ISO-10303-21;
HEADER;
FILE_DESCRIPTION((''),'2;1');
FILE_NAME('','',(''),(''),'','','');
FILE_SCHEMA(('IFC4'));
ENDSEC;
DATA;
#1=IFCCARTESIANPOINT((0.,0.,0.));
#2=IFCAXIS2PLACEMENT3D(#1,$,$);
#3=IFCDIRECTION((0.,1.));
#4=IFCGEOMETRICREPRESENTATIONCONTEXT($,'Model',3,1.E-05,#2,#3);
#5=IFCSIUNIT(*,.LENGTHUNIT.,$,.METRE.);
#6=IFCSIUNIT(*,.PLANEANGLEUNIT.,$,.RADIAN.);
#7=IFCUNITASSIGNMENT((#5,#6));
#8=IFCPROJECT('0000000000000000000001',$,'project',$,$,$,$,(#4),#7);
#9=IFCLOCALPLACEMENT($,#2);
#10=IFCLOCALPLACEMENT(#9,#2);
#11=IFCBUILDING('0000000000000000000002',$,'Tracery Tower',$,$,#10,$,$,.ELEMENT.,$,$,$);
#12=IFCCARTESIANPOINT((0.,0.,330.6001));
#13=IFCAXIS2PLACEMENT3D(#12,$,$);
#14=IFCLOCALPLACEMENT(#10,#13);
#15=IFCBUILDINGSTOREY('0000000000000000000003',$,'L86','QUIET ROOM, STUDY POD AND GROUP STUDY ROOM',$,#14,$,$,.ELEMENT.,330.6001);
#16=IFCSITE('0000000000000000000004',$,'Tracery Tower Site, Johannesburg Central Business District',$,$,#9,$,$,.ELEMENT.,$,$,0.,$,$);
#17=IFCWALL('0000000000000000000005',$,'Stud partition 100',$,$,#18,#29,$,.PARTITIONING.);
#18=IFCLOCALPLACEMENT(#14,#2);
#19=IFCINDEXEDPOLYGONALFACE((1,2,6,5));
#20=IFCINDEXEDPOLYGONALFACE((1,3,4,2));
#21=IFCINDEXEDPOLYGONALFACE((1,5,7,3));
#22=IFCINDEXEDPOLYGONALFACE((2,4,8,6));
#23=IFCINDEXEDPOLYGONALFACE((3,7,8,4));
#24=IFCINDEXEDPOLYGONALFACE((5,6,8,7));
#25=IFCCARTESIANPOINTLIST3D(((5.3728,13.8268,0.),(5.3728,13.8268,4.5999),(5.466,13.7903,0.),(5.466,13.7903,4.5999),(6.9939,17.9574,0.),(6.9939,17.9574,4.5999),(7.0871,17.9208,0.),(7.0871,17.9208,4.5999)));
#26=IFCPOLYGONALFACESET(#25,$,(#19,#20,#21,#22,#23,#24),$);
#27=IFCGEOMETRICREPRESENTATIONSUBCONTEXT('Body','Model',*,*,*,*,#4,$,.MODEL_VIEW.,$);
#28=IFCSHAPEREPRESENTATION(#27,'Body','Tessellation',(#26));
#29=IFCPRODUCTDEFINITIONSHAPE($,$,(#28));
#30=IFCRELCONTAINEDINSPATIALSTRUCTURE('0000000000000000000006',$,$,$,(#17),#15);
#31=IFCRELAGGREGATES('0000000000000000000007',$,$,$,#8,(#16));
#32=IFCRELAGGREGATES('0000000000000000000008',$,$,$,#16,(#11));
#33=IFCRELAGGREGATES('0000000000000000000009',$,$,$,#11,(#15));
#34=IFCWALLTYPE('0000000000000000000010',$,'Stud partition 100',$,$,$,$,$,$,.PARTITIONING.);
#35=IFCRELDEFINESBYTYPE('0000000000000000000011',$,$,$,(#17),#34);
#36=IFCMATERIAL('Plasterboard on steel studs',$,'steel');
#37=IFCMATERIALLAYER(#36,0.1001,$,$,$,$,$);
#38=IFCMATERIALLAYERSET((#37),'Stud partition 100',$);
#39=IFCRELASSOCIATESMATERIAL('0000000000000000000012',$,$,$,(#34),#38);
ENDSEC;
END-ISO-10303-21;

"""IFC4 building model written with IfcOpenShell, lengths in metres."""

from ifc_helpers import new_model, si_unit, direction, frame, frame_2d, origin, place, context, subcontext, project, spatial, rectangle, extrude, material, layer, layer_set, type_object, element, save


model = new_model("IFC4")

# Units and contexts
model_context = context("Model", 3, precision=1e-05, world=origin(), true_north=direction((0.0, 1.0)))
body_context = subcontext(model_context, "Body", "Model", "MODEL_VIEW")
ifc_project = project(units=[si_unit("LENGTHUNIT", "METRE"), si_unit("PLANEANGLEUNIT", "RADIAN")], contexts=[model_context])

# Site, building, storey
site_placement = place(None, origin())
site = spatial("IfcSite", under=ifc_project, at=site_placement, Name="Tracery Tower Site, Johannesburg Central Business District", CompositionType="ELEMENT", RefElevation=0.0)
building_placement = place(site_placement, origin())
building = spatial("IfcBuilding", under=site, at=building_placement, Name="Tracery Tower", CompositionType="ELEMENT")
storey_placement = place(building_placement, frame((0.0, 0.0, 330.6001)))
storey = spatial("IfcBuildingStorey", under=building, at=storey_placement, Name="L86", Description="QUIET ROOM, STUDY POD AND GROUP STUDY ROOM", CompositionType="ELEMENT", Elevation=330.6001)

# Wall
ifc_material_1 = material(Name="Plasterboard on steel studs", Category="steel")
ifc_layer_1 = layer(ifc_material_1, 0.1001)
ifc_layer_set_1 = layer_set([ifc_layer_1], Name="Stud partition 100")
wall_type_1 = type_object("IfcWallType", Name="Stud partition 100", PredefinedType="PARTITIONING", material=ifc_layer_set_1)
wall_1_placement = place(storey_placement, frame((7.0405, 17.9392, 0.0), z_axis=(0.0, 0.0, 1.0), x_axis=(-0.365331, -0.930878, 0.0)))
element("IfcWall", 1, at=wall_1_placement, inside=storey, type_object=wall_type_1, Name="Stud partition 100", PredefinedType="PARTITIONING", context=body_context, shape_type="SweptSolid", body=[
    extrude(rectangle(XDim=4.4373, YDim=0.1001, at=frame_2d((2.2188, 0.0))), origin(), (0.0, 0.0, 1.0), 4.5999),
])

save(model, "model.ifc")
